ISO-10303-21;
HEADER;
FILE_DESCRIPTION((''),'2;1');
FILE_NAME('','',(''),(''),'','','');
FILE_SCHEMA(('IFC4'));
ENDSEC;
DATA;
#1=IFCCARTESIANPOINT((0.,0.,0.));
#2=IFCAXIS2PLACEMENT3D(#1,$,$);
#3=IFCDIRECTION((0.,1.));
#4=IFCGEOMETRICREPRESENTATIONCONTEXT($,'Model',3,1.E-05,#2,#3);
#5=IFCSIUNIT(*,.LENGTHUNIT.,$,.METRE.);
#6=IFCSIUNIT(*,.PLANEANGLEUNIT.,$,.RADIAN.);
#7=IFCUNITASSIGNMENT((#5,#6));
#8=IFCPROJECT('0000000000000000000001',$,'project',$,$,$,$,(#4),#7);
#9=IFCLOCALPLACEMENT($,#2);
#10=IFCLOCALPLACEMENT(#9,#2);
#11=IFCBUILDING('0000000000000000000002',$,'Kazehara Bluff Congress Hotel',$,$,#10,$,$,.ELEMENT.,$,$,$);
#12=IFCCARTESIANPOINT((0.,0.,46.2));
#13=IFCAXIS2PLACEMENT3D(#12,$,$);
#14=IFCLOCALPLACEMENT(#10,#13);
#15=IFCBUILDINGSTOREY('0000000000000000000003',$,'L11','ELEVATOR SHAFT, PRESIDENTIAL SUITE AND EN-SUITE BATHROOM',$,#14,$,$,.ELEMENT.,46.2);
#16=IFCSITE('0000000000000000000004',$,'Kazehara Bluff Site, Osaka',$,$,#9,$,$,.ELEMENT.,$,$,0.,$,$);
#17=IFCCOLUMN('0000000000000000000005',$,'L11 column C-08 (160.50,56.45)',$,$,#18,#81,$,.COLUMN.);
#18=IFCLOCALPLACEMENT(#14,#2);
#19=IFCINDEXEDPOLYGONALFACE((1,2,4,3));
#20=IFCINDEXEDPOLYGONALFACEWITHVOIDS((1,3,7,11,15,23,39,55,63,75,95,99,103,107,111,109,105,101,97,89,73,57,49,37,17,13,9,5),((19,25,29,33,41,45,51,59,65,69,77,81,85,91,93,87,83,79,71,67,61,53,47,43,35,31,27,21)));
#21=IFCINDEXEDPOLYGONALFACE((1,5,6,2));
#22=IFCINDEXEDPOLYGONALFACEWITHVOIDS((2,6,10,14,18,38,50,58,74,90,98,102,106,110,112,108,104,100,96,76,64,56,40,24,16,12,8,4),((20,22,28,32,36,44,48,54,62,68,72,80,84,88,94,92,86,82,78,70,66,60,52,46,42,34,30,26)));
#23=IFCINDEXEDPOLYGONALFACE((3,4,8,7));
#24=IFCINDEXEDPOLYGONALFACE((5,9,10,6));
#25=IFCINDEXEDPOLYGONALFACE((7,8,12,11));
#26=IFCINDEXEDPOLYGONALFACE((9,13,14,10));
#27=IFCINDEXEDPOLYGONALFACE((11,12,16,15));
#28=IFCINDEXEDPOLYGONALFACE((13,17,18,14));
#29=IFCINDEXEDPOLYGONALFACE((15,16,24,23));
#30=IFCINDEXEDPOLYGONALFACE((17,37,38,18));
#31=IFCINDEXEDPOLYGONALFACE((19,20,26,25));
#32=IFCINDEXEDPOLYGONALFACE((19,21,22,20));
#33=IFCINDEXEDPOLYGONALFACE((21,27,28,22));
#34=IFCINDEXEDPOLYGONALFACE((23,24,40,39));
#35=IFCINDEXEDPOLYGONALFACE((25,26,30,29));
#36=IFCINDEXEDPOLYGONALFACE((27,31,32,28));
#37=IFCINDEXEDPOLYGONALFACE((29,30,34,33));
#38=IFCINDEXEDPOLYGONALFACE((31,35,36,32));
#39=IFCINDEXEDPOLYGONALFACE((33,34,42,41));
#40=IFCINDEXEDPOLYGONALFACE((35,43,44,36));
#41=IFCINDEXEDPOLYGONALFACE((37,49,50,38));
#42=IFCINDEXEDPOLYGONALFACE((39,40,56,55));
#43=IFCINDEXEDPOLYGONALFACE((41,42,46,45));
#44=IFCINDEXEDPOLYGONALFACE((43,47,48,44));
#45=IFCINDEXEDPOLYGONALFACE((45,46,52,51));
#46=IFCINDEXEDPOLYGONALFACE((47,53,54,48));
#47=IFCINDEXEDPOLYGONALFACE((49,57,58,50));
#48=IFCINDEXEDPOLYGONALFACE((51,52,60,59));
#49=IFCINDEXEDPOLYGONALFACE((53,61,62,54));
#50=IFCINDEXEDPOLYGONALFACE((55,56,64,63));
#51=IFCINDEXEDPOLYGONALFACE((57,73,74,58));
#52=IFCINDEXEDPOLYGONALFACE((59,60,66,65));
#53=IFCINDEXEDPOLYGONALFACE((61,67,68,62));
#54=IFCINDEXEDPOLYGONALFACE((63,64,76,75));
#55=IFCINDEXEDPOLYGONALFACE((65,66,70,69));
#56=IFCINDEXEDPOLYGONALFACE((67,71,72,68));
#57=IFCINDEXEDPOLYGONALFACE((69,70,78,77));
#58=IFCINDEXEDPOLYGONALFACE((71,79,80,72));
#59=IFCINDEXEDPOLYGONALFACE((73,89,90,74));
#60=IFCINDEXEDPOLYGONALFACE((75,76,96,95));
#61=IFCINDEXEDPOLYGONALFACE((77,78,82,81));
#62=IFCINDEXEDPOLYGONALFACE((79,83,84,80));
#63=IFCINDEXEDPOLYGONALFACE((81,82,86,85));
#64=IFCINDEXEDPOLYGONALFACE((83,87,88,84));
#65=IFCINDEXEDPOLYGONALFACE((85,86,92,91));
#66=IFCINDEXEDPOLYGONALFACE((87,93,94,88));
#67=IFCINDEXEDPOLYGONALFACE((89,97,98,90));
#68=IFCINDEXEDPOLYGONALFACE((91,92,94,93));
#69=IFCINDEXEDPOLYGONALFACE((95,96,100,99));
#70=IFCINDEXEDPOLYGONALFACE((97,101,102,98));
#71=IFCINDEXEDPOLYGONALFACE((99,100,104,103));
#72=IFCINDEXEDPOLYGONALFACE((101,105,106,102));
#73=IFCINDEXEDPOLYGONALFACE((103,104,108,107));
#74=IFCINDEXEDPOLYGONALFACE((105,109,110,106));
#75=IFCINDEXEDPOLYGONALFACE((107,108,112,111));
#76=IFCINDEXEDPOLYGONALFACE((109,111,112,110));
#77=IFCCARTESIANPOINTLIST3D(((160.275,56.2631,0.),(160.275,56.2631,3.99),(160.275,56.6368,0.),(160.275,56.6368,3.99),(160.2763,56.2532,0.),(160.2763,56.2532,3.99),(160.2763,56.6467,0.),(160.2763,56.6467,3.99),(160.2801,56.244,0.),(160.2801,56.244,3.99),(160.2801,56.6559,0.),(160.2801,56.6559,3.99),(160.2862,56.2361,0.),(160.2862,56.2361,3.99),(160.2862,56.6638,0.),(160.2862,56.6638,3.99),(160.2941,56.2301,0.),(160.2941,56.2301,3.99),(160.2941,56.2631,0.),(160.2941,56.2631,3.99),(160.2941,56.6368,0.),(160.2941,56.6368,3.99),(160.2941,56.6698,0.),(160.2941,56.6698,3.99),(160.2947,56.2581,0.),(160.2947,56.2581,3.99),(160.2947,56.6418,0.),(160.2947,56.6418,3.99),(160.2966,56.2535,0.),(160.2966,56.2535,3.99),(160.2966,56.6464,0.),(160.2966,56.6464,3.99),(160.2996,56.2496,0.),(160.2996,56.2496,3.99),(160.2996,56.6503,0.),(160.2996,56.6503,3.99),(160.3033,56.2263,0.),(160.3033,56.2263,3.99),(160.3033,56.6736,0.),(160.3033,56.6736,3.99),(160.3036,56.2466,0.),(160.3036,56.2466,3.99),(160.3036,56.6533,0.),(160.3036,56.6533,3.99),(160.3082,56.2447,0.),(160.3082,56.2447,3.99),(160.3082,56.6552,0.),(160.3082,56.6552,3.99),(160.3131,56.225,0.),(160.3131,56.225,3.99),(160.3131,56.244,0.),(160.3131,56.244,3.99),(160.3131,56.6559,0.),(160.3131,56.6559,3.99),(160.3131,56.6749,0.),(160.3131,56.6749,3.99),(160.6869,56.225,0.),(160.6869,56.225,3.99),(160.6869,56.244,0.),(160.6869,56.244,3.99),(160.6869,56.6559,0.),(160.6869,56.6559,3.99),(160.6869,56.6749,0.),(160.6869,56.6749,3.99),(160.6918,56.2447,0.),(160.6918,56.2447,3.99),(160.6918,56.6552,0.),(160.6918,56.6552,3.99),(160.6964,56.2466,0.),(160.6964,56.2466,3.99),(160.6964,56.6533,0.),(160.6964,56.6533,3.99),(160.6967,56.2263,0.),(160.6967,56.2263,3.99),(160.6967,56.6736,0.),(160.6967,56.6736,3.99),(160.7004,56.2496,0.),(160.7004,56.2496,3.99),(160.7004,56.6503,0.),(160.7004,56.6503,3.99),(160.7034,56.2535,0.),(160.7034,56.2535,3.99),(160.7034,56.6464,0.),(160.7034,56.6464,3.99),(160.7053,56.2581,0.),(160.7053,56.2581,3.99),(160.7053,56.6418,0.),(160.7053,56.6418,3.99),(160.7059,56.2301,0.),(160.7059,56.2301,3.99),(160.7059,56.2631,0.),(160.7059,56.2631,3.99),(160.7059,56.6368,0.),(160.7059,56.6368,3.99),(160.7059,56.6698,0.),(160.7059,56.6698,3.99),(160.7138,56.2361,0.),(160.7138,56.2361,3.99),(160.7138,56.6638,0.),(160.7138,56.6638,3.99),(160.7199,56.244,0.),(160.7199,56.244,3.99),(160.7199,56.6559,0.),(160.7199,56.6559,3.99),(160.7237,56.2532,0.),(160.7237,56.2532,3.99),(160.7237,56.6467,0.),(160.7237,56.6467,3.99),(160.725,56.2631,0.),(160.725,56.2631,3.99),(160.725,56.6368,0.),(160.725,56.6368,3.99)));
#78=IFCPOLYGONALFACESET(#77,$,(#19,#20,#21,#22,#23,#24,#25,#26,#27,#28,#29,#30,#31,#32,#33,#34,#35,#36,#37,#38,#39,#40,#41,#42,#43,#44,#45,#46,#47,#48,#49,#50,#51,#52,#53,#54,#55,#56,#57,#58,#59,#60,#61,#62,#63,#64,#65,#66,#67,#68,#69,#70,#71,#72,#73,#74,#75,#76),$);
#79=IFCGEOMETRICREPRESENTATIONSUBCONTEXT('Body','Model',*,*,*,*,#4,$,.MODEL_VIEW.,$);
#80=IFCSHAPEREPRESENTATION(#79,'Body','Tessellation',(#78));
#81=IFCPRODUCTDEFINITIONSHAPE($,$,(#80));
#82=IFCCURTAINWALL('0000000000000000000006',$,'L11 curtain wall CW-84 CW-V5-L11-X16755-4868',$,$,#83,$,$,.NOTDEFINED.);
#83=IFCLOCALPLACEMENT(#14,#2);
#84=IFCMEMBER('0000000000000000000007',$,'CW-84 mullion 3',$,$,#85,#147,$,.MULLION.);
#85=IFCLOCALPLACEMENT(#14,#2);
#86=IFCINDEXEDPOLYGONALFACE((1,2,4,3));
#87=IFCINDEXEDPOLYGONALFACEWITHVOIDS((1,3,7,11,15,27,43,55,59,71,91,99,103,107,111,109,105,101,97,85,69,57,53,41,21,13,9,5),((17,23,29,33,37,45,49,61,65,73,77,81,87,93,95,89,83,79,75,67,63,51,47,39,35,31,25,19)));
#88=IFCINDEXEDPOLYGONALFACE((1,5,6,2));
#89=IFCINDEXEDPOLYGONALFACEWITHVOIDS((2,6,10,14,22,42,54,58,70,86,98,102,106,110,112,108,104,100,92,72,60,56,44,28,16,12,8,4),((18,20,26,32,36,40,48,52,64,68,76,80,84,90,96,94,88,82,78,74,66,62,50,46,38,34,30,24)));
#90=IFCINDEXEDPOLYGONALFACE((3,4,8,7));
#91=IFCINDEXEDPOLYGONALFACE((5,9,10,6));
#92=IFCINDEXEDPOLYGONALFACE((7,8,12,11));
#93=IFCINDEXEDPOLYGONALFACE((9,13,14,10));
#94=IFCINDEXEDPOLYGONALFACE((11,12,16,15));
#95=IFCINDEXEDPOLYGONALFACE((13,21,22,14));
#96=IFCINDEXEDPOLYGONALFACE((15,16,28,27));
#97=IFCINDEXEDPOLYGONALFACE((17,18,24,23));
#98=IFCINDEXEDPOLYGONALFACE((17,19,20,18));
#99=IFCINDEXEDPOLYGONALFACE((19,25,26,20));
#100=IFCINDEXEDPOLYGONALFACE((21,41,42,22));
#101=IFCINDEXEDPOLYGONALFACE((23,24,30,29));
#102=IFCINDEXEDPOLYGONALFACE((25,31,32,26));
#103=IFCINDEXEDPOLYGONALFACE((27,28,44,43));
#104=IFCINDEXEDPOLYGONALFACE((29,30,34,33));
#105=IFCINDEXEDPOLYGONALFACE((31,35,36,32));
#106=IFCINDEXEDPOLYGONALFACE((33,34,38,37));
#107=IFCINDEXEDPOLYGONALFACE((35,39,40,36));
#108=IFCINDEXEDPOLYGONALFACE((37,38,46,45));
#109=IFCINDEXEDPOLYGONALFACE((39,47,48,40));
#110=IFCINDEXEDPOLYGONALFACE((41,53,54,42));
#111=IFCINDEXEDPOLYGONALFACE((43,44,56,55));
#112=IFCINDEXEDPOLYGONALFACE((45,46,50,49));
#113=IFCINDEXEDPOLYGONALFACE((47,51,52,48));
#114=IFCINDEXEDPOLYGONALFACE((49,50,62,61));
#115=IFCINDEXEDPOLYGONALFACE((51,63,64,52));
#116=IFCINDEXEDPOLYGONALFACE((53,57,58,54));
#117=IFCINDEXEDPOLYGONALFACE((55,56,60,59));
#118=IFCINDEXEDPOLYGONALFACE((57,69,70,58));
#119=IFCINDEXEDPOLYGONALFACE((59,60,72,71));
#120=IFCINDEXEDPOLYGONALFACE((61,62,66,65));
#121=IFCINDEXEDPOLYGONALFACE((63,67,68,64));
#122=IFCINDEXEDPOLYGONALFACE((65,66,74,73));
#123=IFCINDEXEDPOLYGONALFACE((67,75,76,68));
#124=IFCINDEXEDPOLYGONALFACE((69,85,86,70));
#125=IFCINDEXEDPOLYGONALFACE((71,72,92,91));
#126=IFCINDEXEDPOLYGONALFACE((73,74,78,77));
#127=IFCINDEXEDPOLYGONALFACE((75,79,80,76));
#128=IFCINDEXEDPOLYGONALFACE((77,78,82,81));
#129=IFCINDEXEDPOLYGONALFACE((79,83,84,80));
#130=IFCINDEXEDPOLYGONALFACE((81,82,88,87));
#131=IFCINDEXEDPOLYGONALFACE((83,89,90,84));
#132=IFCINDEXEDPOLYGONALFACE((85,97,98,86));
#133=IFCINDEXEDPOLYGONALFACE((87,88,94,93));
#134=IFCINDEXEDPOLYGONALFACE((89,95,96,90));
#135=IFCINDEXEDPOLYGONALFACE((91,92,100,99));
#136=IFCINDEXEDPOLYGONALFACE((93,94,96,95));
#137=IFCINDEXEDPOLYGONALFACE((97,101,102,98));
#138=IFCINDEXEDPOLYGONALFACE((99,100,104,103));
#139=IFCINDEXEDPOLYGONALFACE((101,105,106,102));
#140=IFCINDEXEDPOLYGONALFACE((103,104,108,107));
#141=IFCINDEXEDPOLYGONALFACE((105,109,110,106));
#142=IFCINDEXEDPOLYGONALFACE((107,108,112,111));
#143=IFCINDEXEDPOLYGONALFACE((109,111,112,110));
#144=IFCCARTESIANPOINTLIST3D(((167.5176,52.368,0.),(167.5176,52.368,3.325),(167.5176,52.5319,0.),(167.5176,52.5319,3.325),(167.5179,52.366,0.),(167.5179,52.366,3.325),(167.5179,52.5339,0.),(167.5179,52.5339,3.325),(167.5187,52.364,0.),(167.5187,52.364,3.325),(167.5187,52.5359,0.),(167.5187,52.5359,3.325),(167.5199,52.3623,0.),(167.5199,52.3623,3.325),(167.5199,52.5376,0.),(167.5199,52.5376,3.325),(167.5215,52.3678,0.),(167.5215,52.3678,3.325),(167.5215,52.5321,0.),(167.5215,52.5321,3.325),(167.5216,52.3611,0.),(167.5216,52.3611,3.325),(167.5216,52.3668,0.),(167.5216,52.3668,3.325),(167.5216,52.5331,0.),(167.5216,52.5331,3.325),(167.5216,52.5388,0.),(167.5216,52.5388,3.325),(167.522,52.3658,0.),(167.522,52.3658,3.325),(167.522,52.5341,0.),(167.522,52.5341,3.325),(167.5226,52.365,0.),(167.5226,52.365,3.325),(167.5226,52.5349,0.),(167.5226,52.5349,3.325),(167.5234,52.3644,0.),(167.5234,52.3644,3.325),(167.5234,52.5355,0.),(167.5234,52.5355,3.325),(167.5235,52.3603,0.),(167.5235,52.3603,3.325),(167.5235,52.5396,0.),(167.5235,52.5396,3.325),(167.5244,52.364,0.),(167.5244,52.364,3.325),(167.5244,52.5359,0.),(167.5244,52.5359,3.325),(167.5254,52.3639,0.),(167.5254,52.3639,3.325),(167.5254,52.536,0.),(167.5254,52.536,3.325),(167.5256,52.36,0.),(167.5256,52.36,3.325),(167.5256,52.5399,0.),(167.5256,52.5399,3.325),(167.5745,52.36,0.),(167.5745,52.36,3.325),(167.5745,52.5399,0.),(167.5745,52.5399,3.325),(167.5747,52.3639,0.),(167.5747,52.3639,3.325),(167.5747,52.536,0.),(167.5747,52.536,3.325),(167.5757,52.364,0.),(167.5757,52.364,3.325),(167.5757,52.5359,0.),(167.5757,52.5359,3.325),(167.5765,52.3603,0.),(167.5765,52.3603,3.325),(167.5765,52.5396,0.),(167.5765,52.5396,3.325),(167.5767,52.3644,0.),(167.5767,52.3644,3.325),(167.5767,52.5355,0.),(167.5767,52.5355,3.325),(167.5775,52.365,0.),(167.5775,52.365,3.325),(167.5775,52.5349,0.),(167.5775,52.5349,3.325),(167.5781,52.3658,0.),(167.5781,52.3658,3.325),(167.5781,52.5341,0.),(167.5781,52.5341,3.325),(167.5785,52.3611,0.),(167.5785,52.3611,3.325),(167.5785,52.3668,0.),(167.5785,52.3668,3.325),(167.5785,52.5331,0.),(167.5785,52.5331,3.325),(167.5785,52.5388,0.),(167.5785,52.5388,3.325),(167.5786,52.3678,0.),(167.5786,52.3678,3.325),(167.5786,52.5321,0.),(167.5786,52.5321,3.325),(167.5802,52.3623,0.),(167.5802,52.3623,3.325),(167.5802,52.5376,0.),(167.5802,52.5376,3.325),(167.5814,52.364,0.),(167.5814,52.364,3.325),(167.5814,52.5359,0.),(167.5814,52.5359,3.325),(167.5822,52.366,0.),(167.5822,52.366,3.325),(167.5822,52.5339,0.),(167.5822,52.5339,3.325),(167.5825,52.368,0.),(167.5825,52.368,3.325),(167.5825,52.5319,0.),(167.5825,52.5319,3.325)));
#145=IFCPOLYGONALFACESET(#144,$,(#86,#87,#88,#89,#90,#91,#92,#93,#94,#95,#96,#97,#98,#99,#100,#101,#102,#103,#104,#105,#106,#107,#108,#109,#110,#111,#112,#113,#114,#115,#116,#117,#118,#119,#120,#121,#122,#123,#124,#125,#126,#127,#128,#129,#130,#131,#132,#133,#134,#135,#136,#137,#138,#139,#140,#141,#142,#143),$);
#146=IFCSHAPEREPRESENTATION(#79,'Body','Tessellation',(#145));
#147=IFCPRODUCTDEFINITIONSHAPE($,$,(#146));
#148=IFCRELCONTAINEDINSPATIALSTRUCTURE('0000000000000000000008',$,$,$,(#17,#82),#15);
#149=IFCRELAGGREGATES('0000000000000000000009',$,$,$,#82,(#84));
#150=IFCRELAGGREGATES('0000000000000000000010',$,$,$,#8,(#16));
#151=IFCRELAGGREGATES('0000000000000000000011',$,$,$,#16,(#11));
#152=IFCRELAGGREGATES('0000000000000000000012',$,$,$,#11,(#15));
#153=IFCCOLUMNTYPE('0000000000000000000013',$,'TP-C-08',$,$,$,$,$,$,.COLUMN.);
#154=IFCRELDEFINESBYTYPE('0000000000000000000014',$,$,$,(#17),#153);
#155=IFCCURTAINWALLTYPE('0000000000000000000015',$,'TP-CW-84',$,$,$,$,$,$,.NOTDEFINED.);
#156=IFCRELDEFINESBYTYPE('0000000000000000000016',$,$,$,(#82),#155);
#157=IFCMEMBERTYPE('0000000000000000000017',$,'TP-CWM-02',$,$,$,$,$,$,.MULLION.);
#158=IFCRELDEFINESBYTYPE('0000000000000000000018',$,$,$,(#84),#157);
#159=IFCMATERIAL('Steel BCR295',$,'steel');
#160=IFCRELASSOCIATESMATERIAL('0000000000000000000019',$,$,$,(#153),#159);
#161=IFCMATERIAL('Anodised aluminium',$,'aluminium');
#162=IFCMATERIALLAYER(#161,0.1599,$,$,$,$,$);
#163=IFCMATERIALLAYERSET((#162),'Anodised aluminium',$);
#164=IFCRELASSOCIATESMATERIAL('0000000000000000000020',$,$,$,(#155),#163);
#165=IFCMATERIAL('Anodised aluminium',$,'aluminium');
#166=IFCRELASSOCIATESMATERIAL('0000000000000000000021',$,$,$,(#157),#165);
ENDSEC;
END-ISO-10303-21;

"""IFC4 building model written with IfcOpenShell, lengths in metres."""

from ifc_helpers import new_model, si_unit, direction, frame, origin, origin_2d, place, context, subcontext, project, spatial, hollow_rectangle, extrude, material, layer, layer_set, material_profile, profile_set, type_object, element, aggregate, save


model = new_model("IFC4")

# Units and contexts
model_context = context("Model", 3, precision=1e-05, world=origin(), true_north=direction((0.0, 1.0)))
body_context = subcontext(model_context, "Body", "Model", "MODEL_VIEW")
ifc_project = project(units=[si_unit("LENGTHUNIT", "METRE"), si_unit("PLANEANGLEUNIT", "RADIAN")], contexts=[model_context])

# Site, building, storey
site_placement = place(None, origin())
site = spatial("IfcSite", under=ifc_project, at=site_placement, Name="Kazehara Bluff Site, Osaka", CompositionType="ELEMENT", RefElevation=0.0)
building_placement = place(site_placement, origin())
building = spatial("IfcBuilding", under=site, at=building_placement, Name="Kazehara Bluff Congress Hotel", CompositionType="ELEMENT")
storey_placement = place(building_placement, frame((0.0, 0.0, 46.2)))
storey = spatial("IfcBuildingStorey", under=building, at=storey_placement, Name="L11", Description="ELEVATOR SHAFT, PRESIDENTIAL SUITE AND EN-SUITE BATHROOM", CompositionType="ELEMENT", Elevation=46.2)

# Column
ifc_material_1 = material(Name="Steel BCR295", Category="steel")
ifc_material_profile_1 = material_profile(ifc_material_1, hollow_rectangle(XDim=0.45, YDim=0.45, WallThickness=0.019, InnerFilletRadius=0.019, OuterFilletRadius=0.0381, at=origin_2d()))
ifc_profile_set_1 = profile_set([ifc_material_profile_1], Name="Steel BCR295")
column_type = type_object("IfcColumnType", Name="TP-C-08", PredefinedType="COLUMN", material=ifc_profile_set_1)
column_placement = place(storey_placement, frame((160.5, 56.45, 0.0), z_axis=(0.0, 0.0, 1.0), x_axis=(1.0, 0.0, 0.0)))
element("IfcColumn", 1, at=column_placement, inside=storey, type_object=column_type, Name="L11 column C-08 (160.50,56.45)", PredefinedType="COLUMN", context=body_context, shape_type="SweptSolid", body=[
    extrude(hollow_rectangle(XDim=0.45, YDim=0.45, WallThickness=0.019, InnerFilletRadius=0.019, OuterFilletRadius=0.0381, at=origin_2d()), origin(), (0.0, 0.0, 1.0), 3.99),
])

# Curtain wall, member
ifc_material_2 = material(Name="Anodised aluminium", Category="aluminium")
ifc_layer_1 = layer(ifc_material_2, 0.1599)
ifc_layer_set_1 = layer_set([ifc_layer_1], Name="Anodised aluminium")
curtain_wall_type = type_object("IfcCurtainWallType", Name="TP-CW-84", PredefinedType="NOTDEFINED", material=ifc_layer_set_1)
curtain_wall_placement = place(storey_placement, origin())
curtain_wall = element("IfcCurtainWall", 2, at=curtain_wall_placement, inside=storey, type_object=curtain_wall_type, Name="L11 curtain wall CW-84 CW-V5-L11-X16755-4868", PredefinedType="NOTDEFINED")
ifc_material_3 = material(Name="Anodised aluminium", Category="aluminium")
ifc_material_profile_2 = material_profile(ifc_material_3, hollow_rectangle(XDim=0.0649, YDim=0.1799, WallThickness=0.0039, InnerFilletRadius=0.0039, OuterFilletRadius=0.0081, at=origin_2d()))
ifc_profile_set_2 = profile_set([ifc_material_profile_2], Name="Anodised aluminium")
member_type_1 = type_object("IfcMemberType", Name="TP-CWM-02", PredefinedType="MULLION", material=ifc_profile_set_2)
member_1_placement = place(storey_placement, frame((167.55, 52.45, 0.0), z_axis=(0.0, 0.0, 1.0), x_axis=(-1.0, 0.0, 0.0)))
member_1 = element("IfcMember", 3, at=member_1_placement, type_object=member_type_1, Name="CW-84 mullion 3", PredefinedType="MULLION", context=body_context, shape_type="SweptSolid", body=[
    extrude(hollow_rectangle(XDim=0.0649, YDim=0.1799, WallThickness=0.0039, InnerFilletRadius=0.0039, OuterFilletRadius=0.0081, at=origin_2d()), origin(), (0.0, 0.0, 1.0), 3.325),
])

aggregate(curtain_wall, [member_1])

save(model, "model.ifc")
